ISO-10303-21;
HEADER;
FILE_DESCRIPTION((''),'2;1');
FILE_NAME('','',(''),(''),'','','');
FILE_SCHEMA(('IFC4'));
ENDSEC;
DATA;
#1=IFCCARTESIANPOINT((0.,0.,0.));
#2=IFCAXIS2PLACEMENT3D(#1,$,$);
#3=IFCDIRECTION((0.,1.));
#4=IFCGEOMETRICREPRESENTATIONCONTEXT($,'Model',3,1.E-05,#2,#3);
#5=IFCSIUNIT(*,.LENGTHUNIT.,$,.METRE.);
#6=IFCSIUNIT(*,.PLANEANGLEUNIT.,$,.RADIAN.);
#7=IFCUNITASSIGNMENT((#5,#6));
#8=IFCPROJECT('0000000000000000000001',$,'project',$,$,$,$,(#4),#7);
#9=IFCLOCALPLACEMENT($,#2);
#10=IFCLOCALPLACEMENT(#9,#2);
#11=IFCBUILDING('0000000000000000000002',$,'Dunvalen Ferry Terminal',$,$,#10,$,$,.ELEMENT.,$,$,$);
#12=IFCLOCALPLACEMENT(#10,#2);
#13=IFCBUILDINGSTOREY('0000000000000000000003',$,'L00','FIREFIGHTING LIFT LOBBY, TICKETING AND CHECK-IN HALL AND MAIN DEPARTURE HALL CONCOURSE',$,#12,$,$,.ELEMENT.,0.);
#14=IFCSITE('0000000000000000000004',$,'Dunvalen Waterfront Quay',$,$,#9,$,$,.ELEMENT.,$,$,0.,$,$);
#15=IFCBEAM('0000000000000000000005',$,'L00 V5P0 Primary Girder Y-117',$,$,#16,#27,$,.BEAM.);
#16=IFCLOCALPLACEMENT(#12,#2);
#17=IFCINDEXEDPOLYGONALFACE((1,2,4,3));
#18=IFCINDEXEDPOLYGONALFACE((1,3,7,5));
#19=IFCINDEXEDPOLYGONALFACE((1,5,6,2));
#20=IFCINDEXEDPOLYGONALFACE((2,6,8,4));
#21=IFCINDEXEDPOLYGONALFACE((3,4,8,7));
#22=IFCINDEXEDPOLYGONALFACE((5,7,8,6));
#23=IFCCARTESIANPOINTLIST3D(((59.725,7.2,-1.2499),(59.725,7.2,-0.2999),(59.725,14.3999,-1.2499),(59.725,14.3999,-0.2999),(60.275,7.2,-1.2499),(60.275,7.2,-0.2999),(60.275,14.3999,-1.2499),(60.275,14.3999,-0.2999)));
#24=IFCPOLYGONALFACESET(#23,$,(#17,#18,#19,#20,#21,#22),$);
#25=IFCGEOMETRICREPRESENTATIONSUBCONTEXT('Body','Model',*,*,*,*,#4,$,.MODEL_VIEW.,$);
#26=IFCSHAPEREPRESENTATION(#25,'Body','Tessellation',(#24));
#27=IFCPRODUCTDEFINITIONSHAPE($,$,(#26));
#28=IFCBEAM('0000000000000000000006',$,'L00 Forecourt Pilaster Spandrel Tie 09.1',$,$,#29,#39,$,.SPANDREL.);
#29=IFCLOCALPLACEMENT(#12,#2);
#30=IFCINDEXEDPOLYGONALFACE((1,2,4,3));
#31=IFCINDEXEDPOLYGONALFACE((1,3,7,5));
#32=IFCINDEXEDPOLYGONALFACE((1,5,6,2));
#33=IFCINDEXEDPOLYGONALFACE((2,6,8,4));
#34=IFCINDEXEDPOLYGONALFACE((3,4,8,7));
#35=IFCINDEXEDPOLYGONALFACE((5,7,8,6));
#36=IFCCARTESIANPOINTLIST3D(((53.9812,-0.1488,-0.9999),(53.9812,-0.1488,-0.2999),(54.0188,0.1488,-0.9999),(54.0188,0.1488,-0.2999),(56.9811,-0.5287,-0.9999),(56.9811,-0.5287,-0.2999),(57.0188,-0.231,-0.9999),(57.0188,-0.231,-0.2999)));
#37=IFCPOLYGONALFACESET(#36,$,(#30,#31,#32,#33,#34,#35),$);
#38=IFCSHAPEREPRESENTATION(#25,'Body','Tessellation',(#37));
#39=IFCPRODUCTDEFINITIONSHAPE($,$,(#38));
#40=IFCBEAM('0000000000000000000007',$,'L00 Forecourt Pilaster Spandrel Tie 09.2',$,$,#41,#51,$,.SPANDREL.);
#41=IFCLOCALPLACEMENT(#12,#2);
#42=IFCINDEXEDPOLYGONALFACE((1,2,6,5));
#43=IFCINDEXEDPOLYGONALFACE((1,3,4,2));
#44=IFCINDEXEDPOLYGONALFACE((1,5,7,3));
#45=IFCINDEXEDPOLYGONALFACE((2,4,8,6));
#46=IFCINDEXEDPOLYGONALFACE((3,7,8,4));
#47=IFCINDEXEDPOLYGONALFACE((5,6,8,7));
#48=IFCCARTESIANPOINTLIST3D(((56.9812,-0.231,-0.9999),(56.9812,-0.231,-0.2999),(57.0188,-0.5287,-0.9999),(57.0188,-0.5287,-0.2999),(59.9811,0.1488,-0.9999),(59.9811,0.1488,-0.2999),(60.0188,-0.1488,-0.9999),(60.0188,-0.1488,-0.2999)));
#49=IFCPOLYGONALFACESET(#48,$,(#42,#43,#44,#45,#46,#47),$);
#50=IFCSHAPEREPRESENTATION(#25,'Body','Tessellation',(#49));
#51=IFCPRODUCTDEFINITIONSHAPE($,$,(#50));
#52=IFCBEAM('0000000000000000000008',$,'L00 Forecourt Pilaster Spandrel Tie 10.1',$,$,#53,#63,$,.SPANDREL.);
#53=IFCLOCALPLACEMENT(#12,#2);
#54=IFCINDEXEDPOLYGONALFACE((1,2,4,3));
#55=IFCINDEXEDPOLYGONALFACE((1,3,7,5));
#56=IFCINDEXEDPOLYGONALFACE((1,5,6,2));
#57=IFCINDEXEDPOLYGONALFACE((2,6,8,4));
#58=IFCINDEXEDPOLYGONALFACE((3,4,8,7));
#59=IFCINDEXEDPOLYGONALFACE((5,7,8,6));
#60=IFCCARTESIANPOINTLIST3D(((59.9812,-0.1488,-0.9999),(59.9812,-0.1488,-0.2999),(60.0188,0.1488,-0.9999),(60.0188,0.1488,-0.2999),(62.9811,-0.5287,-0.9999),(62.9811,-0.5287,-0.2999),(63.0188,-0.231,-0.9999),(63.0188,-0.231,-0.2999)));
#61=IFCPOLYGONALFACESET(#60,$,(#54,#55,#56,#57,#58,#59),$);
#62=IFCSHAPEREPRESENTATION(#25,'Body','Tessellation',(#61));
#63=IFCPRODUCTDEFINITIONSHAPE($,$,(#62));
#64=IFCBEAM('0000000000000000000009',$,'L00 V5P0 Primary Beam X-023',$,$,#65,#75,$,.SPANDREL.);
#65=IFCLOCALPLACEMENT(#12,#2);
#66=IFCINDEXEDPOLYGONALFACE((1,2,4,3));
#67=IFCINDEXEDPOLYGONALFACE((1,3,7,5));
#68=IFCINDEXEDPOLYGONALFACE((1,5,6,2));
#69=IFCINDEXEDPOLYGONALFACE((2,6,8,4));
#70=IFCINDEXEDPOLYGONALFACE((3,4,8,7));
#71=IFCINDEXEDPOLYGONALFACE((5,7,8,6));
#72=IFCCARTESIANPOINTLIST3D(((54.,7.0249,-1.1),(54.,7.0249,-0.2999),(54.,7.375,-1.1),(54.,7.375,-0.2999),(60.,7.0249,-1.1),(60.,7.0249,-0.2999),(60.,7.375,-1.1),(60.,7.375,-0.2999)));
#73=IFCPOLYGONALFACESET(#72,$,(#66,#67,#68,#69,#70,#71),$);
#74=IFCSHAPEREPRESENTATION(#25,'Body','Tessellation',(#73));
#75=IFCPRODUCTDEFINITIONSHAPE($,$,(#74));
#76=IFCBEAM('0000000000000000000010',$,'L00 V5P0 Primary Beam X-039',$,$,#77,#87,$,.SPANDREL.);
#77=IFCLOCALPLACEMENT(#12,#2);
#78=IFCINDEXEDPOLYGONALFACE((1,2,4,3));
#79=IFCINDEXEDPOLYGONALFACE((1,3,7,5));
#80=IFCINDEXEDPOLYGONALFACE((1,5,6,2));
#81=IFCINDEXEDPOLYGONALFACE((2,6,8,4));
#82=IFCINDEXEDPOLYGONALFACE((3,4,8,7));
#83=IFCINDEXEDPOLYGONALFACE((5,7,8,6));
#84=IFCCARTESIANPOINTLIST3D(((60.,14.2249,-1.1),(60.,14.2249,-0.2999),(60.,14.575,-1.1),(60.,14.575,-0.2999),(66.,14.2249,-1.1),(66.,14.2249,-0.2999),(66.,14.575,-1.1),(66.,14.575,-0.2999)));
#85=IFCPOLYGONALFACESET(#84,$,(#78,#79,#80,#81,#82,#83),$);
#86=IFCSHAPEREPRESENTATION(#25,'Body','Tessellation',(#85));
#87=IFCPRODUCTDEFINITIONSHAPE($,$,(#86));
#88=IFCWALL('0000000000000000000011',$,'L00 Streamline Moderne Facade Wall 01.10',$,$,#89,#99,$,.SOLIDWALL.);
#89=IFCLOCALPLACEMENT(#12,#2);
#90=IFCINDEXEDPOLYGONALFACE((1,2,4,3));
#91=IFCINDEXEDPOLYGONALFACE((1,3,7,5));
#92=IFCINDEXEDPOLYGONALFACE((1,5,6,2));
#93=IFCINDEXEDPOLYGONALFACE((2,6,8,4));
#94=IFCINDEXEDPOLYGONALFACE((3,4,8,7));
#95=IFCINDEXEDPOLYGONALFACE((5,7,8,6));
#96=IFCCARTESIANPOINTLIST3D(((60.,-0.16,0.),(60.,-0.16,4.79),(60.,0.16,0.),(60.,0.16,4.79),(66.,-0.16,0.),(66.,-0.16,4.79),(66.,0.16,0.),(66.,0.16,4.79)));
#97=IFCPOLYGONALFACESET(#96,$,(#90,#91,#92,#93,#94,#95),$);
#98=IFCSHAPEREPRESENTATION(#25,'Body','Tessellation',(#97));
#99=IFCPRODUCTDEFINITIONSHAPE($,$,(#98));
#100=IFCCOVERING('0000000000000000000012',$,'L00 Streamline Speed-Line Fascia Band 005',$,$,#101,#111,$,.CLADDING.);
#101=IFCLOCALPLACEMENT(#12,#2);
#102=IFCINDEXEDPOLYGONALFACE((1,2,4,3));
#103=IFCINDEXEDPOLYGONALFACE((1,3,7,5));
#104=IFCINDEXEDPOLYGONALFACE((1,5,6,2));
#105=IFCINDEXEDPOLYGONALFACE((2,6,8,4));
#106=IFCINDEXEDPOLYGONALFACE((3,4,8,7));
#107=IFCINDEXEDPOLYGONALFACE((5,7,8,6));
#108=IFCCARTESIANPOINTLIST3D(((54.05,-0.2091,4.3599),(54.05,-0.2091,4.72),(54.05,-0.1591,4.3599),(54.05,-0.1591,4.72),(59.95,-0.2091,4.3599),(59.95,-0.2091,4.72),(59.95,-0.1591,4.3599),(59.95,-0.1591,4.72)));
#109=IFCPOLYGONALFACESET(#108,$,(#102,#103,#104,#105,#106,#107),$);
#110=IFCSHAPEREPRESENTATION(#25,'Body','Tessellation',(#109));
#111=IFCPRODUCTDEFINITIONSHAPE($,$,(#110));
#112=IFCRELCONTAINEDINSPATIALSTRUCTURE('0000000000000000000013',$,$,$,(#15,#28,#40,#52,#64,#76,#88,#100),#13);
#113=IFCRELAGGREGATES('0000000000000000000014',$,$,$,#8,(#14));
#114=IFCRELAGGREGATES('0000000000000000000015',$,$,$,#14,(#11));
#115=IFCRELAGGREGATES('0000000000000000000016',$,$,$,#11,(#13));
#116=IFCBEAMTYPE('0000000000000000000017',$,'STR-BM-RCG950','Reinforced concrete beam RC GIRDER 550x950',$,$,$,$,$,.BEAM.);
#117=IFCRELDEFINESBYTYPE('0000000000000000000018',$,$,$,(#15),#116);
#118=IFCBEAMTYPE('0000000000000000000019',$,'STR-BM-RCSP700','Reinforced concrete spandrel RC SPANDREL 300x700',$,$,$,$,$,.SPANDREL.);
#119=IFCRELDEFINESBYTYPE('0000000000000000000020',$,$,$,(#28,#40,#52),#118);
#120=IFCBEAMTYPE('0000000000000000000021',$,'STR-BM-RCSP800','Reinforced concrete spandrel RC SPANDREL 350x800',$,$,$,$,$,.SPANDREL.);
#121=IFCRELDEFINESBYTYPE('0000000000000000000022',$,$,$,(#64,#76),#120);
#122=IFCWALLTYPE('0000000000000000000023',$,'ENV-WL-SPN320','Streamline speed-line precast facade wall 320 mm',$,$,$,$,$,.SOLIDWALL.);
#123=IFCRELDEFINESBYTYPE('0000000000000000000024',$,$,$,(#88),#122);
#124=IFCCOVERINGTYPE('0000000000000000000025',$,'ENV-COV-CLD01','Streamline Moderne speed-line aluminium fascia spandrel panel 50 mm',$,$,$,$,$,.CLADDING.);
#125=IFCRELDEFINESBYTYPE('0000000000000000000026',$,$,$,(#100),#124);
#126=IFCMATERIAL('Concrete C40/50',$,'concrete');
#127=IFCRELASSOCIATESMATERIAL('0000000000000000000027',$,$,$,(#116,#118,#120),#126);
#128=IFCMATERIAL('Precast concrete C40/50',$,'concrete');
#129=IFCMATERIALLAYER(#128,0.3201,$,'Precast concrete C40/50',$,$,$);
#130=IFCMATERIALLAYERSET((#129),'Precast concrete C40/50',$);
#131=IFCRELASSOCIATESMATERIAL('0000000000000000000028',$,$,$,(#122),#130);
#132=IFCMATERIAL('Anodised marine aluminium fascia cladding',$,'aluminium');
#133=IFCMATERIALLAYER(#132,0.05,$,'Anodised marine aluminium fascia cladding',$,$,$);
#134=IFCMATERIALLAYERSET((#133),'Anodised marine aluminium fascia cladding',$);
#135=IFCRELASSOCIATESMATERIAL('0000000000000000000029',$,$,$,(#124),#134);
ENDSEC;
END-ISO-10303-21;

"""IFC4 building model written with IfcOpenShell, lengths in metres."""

from ifc_helpers import new_model, si_unit, direction, frame, frame_2d, origin, origin_2d, place, context, subcontext, project, spatial, rectangle, extrude, material, layer, layer_set, material_profile, profile_set, type_object, element, save


model = new_model("IFC4")

# Units and contexts
model_context = context("Model", 3, precision=1e-05, world=origin(), true_north=direction((0.0, 1.0)))
body_context = subcontext(model_context, "Body", "Model", "MODEL_VIEW")
ifc_project = project(units=[si_unit("LENGTHUNIT", "METRE"), si_unit("PLANEANGLEUNIT", "RADIAN")], contexts=[model_context])

# Site, building, storey
site_placement = place(None, origin())
site = spatial("IfcSite", under=ifc_project, at=site_placement, Name="Dunvalen Waterfront Quay", CompositionType="ELEMENT", RefElevation=0.0)
building_placement = place(site_placement, origin())
building = spatial("IfcBuilding", under=site, at=building_placement, Name="Dunvalen Ferry Terminal", CompositionType="ELEMENT")
storey_placement = place(building_placement, origin())
storey = spatial("IfcBuildingStorey", under=building, at=storey_placement, Name="L00", Description="FIREFIGHTING LIFT LOBBY, TICKETING AND CHECK-IN HALL AND MAIN DEPARTURE HALL CONCOURSE", CompositionType="ELEMENT", Elevation=0.0)

# Shared definitions
ifc_material_1 = material(Name="Concrete C40/50", Category="concrete")

# Beams
ifc_material_profile_1 = material_profile(ifc_material_1, rectangle(XDim=0.55, YDim=0.95, at=origin_2d()), Name="Concrete C40/50")
ifc_profile_set_1 = profile_set([ifc_material_profile_1], Name="Concrete C40/50")
beam_type_1 = type_object("IfcBeamType", Name="STR-BM-RCG950", Description="Reinforced concrete beam RC GIRDER 550x950", PredefinedType="BEAM", material=ifc_profile_set_1)
for number, where, z_axis, x_axis, name in (
    (1, (60.0, 7.2, -0.7749), (0.0, 1.0, 0.0), (-1.0, 0.0, 0.0), "L00 V5P0 Primary Girder Y-117"),
):
    element("IfcBeam", number, at=place(storey_placement, frame(where, z_axis=z_axis, x_axis=x_axis)), inside=storey, type_object=beam_type_1, Name=name, PredefinedType="BEAM", context=body_context, shape_type="SweptSolid", body=[
        extrude(rectangle(XDim=0.55, YDim=0.95, at=origin_2d()), origin(), (0.0, 0.0, 1.0), 7.2),
    ])
ifc_material_profile_2 = material_profile(ifc_material_1, rectangle(XDim=0.3, YDim=0.7, at=origin_2d()), Name="Concrete C40/50")
ifc_profile_set_2 = profile_set([ifc_material_profile_2], Name="Concrete C40/50")
beam_type_2 = type_object("IfcBeamType", Name="STR-BM-RCSP700", Description="Reinforced concrete spandrel RC SPANDREL 300x700", PredefinedType="SPANDREL", material=ifc_profile_set_2)
for number, where, z_axis, x_axis, name in (
    (2, (54.0, 0.0, -0.6499), (0.992078, -0.125624, 0.0), (0.125624, 0.992078, 0.0), "L00 Forecourt Pilaster Spandrel Tie 09.1"),
    (3, (57.0, -0.3799, -0.6499), (0.992078, 0.125624, 0.0), (-0.125624, 0.992078, 0.0), "L00 Forecourt Pilaster Spandrel Tie 09.2"),
    (4, (60.0, 0.0, -0.6499), (0.992078, -0.125624, 0.0), (0.125624, 0.992078, 0.0), "L00 Forecourt Pilaster Spandrel Tie 10.1"),
):
    element("IfcBeam", number, at=place(storey_placement, frame(where, z_axis=z_axis, x_axis=x_axis)), inside=storey, type_object=beam_type_2, Name=name, PredefinedType="SPANDREL", context=body_context, shape_type="SweptSolid", body=[
        extrude(rectangle(XDim=0.3, YDim=0.7, at=origin_2d()), origin(), (0.0, 0.0, 1.0), 3.0239),
    ])
ifc_material_profile_3 = material_profile(ifc_material_1, rectangle(XDim=0.3501, YDim=0.8, at=origin_2d()), Name="Concrete C40/50")
ifc_profile_set_3 = profile_set([ifc_material_profile_3], Name="Concrete C40/50")
beam_type_3 = type_object("IfcBeamType", Name="STR-BM-RCSP800", Description="Reinforced concrete spandrel RC SPANDREL 350x800", PredefinedType="SPANDREL", material=ifc_profile_set_3)
for number, where, z_axis, x_axis, name in (
    (5, (54.0, 7.2, -0.7), (1.0, 0.0, 0.0), (0.0, 1.0, 0.0), "L00 V5P0 Primary Beam X-023"),
    (6, (60.0, 14.3999, -0.7), (1.0, 0.0, 0.0), (0.0, 1.0, 0.0), "L00 V5P0 Primary Beam X-039"),
):
    element("IfcBeam", number, at=place(storey_placement, frame(where, z_axis=z_axis, x_axis=x_axis)), inside=storey, type_object=beam_type_3, Name=name, PredefinedType="SPANDREL", context=body_context, shape_type="SweptSolid", body=[
        extrude(rectangle(XDim=0.3501, YDim=0.8, at=origin_2d()), origin(), (0.0, 0.0, 1.0), 6.0),
    ])

# Shared definitions
ifc_material_2 = material(Name="Precast concrete C40/50", Category="concrete")
ifc_layer_1 = layer(ifc_material_2, 0.3201, Name="Precast concrete C40/50")
ifc_layer_set_1 = layer_set([ifc_layer_1], Name="Precast concrete C40/50")
wall_type = type_object("IfcWallType", Name="ENV-WL-SPN320", Description="Streamline speed-line precast facade wall 320 mm", PredefinedType="SOLIDWALL", material=ifc_layer_set_1)

# Wall
wall_1_placement = place(storey_placement, frame((60.0, 0.0, 0.0), z_axis=(0.0, 0.0, 1.0), x_axis=(1.0, 0.0, 0.0)))
element("IfcWall", 7, at=wall_1_placement, inside=storey, type_object=wall_type, Name="L00 Streamline Moderne Facade Wall 01.10", PredefinedType="SOLIDWALL", context=body_context, shape_type="SweptSolid", body=[
    extrude(rectangle(XDim=6.0, YDim=0.3201, at=frame_2d((3.0, 0.0))), origin(), (0.0, 0.0, 1.0), 4.79),
])

# Covering
ifc_material_3 = material(Name="Anodised marine aluminium fascia cladding", Category="aluminium")
ifc_layer_2 = layer(ifc_material_3, 0.05, Name="Anodised marine aluminium fascia cladding")
ifc_layer_set_2 = layer_set([ifc_layer_2], Name="Anodised marine aluminium fascia cladding")
covering_type = type_object("IfcCoveringType", Name="ENV-COV-CLD01", Description="Streamline Moderne speed-line aluminium fascia spandrel panel 50 mm", PredefinedType="CLADDING", material=ifc_layer_set_2)
covering_placement = place(storey_placement, frame((57.0, -0.1841, 4.3599), z_axis=(0.0, 0.0, 1.0), x_axis=(1.0, 0.0, 0.0)))
element("IfcCovering", 8, at=covering_placement, inside=storey, type_object=covering_type, Name="L00 Streamline Speed-Line Fascia Band 005", PredefinedType="CLADDING", context=body_context, shape_type="SweptSolid", body=[
    extrude(rectangle(XDim=5.8999, YDim=0.05, at=origin_2d()), origin(), (0.0, 0.0, 1.0), 0.3601),
])

save(model, "model.ifc")
